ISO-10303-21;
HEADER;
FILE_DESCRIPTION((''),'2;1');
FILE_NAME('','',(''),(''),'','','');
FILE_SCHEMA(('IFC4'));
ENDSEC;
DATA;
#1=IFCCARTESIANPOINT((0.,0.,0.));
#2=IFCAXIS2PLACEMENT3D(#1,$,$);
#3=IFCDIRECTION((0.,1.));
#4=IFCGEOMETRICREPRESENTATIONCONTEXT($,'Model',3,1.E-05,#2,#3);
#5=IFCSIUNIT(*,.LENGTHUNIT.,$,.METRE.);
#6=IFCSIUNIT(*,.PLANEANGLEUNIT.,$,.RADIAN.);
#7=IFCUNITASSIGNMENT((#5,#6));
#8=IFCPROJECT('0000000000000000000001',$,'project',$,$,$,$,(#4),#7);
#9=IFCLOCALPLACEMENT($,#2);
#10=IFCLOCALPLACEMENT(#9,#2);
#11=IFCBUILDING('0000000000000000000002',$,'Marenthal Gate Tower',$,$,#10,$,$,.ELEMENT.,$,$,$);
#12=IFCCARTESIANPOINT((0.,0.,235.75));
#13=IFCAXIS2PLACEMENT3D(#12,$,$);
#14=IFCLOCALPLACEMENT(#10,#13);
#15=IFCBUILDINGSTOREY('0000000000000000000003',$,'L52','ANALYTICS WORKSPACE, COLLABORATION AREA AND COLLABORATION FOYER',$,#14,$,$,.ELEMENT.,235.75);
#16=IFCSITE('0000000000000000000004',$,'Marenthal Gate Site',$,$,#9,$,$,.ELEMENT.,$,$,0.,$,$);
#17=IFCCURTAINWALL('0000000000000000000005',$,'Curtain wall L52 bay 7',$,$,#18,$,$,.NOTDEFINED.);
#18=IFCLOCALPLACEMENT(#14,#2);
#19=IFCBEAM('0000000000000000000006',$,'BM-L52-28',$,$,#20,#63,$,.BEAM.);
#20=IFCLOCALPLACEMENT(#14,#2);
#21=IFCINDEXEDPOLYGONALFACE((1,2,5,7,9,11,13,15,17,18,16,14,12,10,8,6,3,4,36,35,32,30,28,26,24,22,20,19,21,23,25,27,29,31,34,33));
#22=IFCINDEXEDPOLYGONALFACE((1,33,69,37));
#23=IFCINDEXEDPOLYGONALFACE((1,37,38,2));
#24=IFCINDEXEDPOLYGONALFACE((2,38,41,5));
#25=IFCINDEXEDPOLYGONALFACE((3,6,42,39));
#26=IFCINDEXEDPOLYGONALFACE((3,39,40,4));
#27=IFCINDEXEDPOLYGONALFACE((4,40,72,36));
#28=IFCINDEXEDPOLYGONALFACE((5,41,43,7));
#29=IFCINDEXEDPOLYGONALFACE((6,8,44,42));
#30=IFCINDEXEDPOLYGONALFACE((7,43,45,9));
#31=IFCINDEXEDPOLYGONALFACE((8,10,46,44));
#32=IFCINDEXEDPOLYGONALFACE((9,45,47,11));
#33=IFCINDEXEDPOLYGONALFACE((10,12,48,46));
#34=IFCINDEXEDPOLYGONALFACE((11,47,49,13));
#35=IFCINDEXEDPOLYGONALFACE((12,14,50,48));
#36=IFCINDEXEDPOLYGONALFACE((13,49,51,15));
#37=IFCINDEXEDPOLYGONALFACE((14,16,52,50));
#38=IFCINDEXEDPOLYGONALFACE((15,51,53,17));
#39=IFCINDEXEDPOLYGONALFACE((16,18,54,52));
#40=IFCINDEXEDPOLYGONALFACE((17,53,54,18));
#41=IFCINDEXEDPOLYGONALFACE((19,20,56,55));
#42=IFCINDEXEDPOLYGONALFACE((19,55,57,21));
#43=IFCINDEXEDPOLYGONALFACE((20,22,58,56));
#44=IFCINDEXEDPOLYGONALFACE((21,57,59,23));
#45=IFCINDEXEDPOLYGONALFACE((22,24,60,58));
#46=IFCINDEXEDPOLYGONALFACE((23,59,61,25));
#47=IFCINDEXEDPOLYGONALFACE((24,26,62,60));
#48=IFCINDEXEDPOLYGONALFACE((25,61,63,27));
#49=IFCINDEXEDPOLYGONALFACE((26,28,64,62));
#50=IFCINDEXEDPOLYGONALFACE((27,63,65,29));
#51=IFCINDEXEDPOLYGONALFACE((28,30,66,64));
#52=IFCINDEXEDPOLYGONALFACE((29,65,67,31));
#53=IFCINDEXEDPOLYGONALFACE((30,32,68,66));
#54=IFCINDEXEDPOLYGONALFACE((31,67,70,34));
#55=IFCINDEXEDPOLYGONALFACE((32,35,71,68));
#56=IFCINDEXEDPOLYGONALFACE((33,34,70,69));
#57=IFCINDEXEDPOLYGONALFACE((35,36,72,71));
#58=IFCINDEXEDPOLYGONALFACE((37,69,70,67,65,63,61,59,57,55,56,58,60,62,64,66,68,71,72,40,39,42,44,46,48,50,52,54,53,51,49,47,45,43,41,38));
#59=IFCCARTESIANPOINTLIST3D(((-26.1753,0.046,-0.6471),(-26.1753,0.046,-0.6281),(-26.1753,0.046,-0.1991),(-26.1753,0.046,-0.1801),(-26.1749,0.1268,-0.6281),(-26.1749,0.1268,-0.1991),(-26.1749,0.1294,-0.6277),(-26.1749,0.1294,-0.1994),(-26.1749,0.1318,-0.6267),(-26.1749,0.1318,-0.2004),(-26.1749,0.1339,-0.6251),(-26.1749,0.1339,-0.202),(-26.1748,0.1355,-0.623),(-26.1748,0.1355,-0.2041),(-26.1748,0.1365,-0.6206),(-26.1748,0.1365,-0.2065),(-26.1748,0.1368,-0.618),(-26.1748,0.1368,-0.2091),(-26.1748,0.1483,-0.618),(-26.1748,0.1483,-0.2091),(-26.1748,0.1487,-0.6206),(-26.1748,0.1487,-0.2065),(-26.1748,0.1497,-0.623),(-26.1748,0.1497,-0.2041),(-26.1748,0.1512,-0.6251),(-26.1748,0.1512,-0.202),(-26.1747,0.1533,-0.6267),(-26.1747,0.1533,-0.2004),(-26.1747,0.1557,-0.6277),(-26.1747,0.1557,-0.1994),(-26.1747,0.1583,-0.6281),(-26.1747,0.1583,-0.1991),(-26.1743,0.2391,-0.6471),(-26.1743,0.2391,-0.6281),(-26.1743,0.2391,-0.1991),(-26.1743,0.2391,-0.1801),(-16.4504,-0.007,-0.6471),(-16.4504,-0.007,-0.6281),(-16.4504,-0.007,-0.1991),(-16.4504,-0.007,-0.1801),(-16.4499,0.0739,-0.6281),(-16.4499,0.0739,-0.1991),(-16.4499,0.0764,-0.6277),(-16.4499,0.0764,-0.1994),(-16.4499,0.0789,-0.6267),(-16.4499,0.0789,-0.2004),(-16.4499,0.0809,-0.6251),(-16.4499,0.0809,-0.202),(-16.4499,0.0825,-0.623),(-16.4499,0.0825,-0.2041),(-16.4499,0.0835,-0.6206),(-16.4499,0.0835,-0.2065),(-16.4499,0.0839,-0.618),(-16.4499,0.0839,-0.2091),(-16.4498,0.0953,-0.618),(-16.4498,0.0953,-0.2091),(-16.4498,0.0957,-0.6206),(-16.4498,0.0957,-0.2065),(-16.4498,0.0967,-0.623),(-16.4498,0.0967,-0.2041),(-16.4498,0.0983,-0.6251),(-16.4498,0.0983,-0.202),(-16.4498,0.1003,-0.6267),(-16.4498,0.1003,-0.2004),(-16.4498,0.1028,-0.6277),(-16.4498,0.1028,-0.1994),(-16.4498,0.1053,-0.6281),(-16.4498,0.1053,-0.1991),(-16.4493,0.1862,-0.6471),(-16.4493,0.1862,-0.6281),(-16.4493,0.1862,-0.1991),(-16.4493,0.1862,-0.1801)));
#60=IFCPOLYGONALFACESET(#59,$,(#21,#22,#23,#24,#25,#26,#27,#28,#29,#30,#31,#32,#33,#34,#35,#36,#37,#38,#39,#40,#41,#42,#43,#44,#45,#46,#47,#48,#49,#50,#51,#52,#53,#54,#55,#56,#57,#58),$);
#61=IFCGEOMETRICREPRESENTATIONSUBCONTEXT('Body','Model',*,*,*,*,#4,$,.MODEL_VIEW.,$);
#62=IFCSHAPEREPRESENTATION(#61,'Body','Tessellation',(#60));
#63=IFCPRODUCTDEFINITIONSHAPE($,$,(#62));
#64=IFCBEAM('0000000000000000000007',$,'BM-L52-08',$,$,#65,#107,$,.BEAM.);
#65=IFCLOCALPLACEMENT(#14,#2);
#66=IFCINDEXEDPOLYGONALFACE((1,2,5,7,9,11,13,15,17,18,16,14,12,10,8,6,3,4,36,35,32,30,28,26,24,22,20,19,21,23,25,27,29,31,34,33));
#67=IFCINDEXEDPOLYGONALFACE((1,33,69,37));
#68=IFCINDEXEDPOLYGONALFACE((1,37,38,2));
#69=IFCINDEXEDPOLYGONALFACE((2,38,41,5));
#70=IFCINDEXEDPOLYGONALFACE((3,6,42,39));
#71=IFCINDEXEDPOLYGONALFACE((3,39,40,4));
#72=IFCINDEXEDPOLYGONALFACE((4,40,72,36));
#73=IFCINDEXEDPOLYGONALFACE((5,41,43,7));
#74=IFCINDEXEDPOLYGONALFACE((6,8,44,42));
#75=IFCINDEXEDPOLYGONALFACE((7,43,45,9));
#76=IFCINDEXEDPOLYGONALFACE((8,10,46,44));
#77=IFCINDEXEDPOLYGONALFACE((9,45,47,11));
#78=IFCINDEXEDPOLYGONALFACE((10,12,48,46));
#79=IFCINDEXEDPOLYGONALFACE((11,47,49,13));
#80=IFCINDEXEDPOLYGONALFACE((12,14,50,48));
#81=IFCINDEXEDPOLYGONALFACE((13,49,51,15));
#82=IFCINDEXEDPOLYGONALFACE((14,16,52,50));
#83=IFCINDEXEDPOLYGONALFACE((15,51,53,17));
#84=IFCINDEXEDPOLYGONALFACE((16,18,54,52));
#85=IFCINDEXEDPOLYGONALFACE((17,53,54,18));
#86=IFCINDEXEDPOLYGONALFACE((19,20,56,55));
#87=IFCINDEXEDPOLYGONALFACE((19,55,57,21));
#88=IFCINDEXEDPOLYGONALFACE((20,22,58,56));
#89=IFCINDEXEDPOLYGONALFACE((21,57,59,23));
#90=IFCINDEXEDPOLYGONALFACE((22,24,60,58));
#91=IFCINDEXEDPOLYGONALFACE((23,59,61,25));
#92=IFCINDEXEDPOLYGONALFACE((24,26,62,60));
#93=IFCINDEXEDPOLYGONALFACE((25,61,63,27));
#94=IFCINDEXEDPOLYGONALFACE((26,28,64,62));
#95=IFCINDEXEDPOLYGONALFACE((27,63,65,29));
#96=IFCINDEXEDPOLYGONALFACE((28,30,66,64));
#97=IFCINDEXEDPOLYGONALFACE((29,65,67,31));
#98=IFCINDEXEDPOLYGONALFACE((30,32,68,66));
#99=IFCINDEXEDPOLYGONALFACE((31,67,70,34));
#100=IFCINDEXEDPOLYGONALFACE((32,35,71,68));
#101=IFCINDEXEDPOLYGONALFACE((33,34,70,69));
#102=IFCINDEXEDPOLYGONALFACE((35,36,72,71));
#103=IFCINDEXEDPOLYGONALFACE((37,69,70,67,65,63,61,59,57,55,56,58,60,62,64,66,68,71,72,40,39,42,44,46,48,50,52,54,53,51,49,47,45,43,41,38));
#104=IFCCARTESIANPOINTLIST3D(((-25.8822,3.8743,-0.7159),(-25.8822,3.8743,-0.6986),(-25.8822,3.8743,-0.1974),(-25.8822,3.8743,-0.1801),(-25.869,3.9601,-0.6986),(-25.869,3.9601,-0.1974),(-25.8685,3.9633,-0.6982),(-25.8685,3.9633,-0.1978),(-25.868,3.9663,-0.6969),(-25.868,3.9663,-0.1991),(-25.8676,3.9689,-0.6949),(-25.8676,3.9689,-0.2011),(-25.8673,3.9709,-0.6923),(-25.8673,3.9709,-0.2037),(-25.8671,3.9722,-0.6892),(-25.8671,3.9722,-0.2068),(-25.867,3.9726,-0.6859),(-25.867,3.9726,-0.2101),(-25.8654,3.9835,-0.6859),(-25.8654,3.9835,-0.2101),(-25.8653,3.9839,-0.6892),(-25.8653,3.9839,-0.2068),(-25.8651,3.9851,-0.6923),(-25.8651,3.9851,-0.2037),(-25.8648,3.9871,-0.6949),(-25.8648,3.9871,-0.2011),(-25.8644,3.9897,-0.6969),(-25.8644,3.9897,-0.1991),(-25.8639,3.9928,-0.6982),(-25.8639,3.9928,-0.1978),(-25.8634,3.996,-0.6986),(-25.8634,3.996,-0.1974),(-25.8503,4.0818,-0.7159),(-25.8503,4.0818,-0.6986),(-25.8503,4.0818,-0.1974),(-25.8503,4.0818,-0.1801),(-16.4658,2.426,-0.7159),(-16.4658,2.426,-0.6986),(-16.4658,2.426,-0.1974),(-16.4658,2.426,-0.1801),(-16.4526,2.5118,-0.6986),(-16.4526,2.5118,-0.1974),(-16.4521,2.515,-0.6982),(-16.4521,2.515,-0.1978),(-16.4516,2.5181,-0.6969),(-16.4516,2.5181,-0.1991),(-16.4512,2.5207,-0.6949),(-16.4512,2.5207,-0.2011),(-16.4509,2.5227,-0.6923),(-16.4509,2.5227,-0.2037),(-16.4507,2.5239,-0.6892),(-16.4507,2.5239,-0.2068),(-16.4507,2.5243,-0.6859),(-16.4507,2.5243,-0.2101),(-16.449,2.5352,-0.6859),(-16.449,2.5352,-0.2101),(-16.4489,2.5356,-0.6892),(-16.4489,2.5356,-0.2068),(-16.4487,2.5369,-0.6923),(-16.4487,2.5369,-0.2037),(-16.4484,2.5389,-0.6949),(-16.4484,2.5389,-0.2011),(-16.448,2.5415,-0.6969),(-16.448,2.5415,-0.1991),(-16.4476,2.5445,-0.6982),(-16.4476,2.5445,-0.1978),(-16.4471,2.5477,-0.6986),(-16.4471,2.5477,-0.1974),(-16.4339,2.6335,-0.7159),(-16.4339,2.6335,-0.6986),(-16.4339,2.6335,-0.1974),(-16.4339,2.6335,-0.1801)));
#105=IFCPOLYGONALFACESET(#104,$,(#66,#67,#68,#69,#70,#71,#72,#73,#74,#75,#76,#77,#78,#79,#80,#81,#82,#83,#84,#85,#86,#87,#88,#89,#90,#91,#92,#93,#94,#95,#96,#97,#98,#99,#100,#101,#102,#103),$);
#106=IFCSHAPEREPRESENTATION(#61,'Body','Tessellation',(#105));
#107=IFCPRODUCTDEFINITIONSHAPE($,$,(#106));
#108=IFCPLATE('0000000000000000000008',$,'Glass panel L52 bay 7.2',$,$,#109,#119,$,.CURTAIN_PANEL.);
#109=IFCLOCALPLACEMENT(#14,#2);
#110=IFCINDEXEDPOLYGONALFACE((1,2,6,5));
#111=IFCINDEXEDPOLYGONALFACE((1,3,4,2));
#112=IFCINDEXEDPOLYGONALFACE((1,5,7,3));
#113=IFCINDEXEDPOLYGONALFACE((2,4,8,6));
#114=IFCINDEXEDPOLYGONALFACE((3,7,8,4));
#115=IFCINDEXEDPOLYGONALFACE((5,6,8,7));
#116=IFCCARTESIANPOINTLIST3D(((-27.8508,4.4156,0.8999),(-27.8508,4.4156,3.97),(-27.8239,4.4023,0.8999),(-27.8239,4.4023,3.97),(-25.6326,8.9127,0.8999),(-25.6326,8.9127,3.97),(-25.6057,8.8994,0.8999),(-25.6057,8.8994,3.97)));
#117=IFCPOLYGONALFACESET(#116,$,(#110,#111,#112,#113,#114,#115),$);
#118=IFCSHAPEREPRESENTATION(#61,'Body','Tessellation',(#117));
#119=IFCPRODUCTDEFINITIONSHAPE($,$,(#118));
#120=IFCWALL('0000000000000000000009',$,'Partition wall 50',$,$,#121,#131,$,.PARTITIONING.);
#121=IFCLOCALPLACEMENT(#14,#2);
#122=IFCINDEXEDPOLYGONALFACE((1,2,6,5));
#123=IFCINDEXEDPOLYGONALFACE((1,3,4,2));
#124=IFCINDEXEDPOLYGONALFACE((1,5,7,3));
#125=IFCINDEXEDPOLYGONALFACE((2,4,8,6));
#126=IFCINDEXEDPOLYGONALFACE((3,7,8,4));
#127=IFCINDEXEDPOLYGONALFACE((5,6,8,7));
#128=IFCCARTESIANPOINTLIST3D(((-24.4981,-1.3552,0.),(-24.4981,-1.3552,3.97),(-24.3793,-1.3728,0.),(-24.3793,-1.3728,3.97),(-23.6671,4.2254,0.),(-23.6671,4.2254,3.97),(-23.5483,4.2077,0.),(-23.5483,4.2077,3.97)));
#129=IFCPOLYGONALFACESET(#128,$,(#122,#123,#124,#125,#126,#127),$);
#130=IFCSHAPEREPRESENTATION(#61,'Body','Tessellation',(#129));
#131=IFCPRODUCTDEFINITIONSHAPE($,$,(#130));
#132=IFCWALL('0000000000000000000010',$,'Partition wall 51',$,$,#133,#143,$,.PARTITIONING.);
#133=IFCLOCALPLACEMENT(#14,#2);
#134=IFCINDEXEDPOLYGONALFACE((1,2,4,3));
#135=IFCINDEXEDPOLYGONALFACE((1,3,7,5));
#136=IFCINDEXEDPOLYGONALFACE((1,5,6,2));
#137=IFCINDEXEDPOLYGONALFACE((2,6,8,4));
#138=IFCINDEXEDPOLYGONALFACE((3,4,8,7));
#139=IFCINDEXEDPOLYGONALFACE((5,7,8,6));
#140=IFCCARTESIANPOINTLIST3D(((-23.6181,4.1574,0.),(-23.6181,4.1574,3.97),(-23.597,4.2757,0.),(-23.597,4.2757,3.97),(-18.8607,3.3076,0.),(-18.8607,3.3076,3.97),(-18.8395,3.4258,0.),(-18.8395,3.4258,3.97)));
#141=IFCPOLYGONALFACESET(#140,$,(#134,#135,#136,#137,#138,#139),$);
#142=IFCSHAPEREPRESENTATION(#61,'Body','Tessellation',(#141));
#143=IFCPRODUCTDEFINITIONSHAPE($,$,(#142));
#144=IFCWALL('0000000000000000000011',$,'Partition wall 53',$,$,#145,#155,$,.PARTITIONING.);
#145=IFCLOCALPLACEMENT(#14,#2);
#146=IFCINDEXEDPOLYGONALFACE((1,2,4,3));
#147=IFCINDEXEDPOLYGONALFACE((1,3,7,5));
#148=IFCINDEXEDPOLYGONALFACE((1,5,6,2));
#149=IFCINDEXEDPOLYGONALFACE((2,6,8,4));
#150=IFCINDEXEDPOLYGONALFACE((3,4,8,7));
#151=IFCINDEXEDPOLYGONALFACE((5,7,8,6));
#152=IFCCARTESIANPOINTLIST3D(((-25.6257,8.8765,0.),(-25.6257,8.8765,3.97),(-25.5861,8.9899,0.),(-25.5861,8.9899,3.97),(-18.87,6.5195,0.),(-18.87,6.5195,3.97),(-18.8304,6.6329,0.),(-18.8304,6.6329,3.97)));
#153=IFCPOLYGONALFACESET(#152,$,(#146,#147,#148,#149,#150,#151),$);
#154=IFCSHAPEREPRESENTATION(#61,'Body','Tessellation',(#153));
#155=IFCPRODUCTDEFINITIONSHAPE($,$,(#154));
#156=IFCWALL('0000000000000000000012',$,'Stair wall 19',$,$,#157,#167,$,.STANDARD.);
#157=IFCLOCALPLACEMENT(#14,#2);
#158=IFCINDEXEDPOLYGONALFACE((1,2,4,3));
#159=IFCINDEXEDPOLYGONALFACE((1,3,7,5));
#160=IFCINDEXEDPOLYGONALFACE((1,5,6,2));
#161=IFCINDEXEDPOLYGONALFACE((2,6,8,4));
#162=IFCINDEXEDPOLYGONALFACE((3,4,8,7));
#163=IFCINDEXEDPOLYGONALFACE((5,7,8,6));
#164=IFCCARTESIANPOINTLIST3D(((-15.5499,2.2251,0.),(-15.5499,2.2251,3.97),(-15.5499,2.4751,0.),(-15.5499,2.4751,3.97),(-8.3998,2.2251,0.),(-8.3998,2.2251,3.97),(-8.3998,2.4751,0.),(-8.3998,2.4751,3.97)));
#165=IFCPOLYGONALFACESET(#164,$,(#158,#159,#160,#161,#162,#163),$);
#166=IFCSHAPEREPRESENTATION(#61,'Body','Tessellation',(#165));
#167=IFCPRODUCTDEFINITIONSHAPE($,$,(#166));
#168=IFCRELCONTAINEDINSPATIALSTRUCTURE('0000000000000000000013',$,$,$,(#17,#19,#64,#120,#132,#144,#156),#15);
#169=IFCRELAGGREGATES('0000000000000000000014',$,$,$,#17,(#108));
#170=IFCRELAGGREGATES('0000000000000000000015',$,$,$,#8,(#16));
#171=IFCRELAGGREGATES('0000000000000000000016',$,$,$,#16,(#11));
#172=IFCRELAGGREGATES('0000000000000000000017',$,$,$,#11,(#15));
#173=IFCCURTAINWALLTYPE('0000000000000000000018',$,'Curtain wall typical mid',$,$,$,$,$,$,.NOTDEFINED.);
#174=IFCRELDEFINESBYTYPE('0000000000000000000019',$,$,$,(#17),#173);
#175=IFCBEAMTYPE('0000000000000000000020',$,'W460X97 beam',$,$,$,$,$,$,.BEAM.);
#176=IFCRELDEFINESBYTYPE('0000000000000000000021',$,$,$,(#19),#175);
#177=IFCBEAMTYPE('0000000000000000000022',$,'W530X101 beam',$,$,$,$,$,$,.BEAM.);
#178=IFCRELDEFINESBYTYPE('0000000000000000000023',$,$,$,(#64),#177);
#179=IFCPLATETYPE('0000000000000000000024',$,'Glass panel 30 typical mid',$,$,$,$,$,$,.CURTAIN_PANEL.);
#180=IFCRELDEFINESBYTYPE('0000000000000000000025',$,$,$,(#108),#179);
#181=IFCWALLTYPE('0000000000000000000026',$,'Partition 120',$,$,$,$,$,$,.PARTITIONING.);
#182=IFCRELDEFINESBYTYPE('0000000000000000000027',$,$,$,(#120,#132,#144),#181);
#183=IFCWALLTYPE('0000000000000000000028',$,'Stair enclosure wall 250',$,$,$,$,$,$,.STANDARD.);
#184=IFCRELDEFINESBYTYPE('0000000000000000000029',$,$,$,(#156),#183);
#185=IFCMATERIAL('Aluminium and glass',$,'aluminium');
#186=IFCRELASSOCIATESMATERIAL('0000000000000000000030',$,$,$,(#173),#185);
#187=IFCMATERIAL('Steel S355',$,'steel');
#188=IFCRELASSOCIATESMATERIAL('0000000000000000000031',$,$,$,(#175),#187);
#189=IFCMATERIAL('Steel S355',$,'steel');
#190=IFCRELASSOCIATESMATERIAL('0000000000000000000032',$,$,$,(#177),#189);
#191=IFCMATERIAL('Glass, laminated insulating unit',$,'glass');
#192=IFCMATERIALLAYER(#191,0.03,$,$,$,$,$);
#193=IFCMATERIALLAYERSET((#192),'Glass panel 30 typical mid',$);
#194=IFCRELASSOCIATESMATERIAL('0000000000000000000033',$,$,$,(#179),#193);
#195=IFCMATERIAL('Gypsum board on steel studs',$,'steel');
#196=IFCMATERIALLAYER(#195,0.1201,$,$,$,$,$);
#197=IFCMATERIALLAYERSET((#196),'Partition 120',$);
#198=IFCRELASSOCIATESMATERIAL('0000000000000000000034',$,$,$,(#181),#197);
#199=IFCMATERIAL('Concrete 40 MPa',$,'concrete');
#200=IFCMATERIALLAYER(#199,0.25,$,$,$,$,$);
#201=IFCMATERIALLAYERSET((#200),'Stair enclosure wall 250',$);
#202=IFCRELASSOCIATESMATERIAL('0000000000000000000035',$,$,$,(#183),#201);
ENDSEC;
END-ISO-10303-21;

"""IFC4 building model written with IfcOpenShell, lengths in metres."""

from ifc_helpers import new_model, si_unit, direction, frame, frame_2d, origin, origin_2d, place, context, subcontext, project, spatial, rectangle, i_section, extrude, material, layer, layer_set, material_profile, profile_set, type_object, element, aggregate, save


model = new_model("IFC4")

# Units and contexts
model_context = context("Model", 3, precision=1e-05, world=origin(), true_north=direction((0.0, 1.0)))
body_context = subcontext(model_context, "Body", "Model", "MODEL_VIEW")
ifc_project = project(units=[si_unit("LENGTHUNIT", "METRE"), si_unit("PLANEANGLEUNIT", "RADIAN")], contexts=[model_context])

# Site, building, storey
site_placement = place(None, origin())
site = spatial("IfcSite", under=ifc_project, at=site_placement, Name="Marenthal Gate Site", CompositionType="ELEMENT", RefElevation=0.0)
building_placement = place(site_placement, origin())
building = spatial("IfcBuilding", under=site, at=building_placement, Name="Marenthal Gate Tower", CompositionType="ELEMENT")
storey_placement = place(building_placement, frame((0.0, 0.0, 235.75)))
storey = spatial("IfcBuildingStorey", under=building, at=storey_placement, Name="L52", Description="ANALYTICS WORKSPACE, COLLABORATION AREA AND COLLABORATION FOYER", CompositionType="ELEMENT", Elevation=235.75)

# Curtain wall
ifc_material_1 = material(Name="Aluminium and glass", Category="aluminium")
curtain_wall_type = type_object("IfcCurtainWallType", Name="Curtain wall typical mid", PredefinedType="NOTDEFINED", material=ifc_material_1)
curtain_wall_placement = place(storey_placement, origin())
curtain_wall = element("IfcCurtainWall", 1, at=curtain_wall_placement, inside=storey, type_object=curtain_wall_type, Name="Curtain wall L52 bay 7", PredefinedType="NOTDEFINED")

# Beams
ifc_material_2 = material(Name="Steel S355", Category="steel")
ifc_material_profile_1 = material_profile(ifc_material_2, i_section(OverallWidth=0.1931, OverallDepth=0.467, WebThickness=0.0115, FlangeThickness=0.019, FilletRadius=0.01, at=origin_2d()), Name="W460X97")
ifc_profile_set_1 = profile_set([ifc_material_profile_1], Name="Steel S355")
beam_type_1 = type_object("IfcBeamType", Name="W460X97 beam", PredefinedType="BEAM", material=ifc_profile_set_1)
beam_1_placement = place(storey_placement, frame((-26.1748, 0.1426, -0.4136), z_axis=(0.999985, -0.005448, 0.0), x_axis=(0.005448, 0.999985, 0.0)))
element("IfcBeam", 2, at=beam_1_placement, inside=storey, type_object=beam_type_1, Name="BM-L52-28", PredefinedType="BEAM", context=body_context, shape_type="SweptSolid", body=[
    extrude(i_section(OverallWidth=0.1931, OverallDepth=0.467, WebThickness=0.0115, FlangeThickness=0.019, FilletRadius=0.01, at=origin_2d()), origin(), (0.0, 0.0, 1.0), 9.7251),
])
ifc_material_3 = material(Name="Steel S355", Category="steel")
ifc_material_profile_2 = material_profile(ifc_material_3, i_section(OverallWidth=0.21, OverallDepth=0.5359, WebThickness=0.011, FlangeThickness=0.0173, FilletRadius=0.0127, at=origin_2d()), Name="W530X101")
ifc_profile_set_2 = profile_set([ifc_material_profile_2], Name="Steel S355")
beam_type_2 = type_object("IfcBeamType", Name="W530X101 beam", PredefinedType="BEAM", material=ifc_profile_set_2)
beam_2_placement = place(storey_placement, frame((-25.8662, 3.978, -0.448), z_axis=(0.988378, -0.152015, 0.0), x_axis=(0.152015, 0.988378, 0.0)))
element("IfcBeam", 3, at=beam_2_placement, inside=storey, type_object=beam_type_2, Name="BM-L52-08", PredefinedType="BEAM", context=body_context, shape_type="SweptSolid", body=[
    extrude(i_section(OverallWidth=0.21, OverallDepth=0.5359, WebThickness=0.011, FlangeThickness=0.0173, FilletRadius=0.0127, at=origin_2d()), origin(), (0.0, 0.0, 1.0), 9.5271),
])

# Plate
ifc_material_4 = material(Name="Glass, laminated insulating unit", Category="glass")
ifc_layer_1 = layer(ifc_material_4, 0.03)
ifc_layer_set_1 = layer_set([ifc_layer_1], Name="Glass panel 30 typical mid")
plate_type = type_object("IfcPlateType", Name="Glass panel 30 typical mid", PredefinedType="CURTAIN_PANEL", material=ifc_layer_set_1)
plate_placement = place(storey_placement, frame((-26.7283, 6.6575, 0.8999), z_axis=(0.0, 0.0, 1.0), x_axis=(-0.442364, -0.896835, 0.0)))
plate = element("IfcPlate", 4, at=plate_placement, type_object=plate_type, Name="Glass panel L52 bay 7.2", PredefinedType="CURTAIN_PANEL", context=body_context, shape_type="SweptSolid", body=[
    extrude(rectangle(XDim=5.0144, YDim=0.03, at=origin_2d()), origin(), (0.0, 0.0, 1.0), 3.0701),
])
aggregate(curtain_wall, [plate])

# Walls
ifc_material_5 = material(Name="Gypsum board on steel studs", Category="steel")
ifc_layer_2 = layer(ifc_material_5, 0.1201)
ifc_layer_set_2 = layer_set([ifc_layer_2], Name="Partition 120")
wall_type_1 = type_object("IfcWallType", Name="Partition 120", PredefinedType="PARTITIONING", material=ifc_layer_set_2)
wall_1_placement = place(storey_placement, frame((-23.6077, 4.2166, 0.0), z_axis=(0.0, 0.0, 1.0), x_axis=(-0.147295, -0.989093, 0.0)))
element("IfcWall", 5, at=wall_1_placement, inside=storey, type_object=wall_type_1, Name="Partition wall 50", PredefinedType="PARTITIONING", context=body_context, shape_type="SweptSolid", body=[
    extrude(rectangle(XDim=5.6421, YDim=0.1201, at=frame_2d((2.821, 0.0))), origin(), (0.0, 0.0, 1.0), 3.97),
])
wall_2_placement = place(storey_placement, frame((-23.6077, 4.2166, 0.0), z_axis=(0.0, 0.0, 1.0), x_axis=(0.984417, -0.175848, 0.0)))
element("IfcWall", 6, at=wall_2_placement, inside=storey, type_object=wall_type_1, Name="Partition wall 51", PredefinedType="PARTITIONING", context=body_context, shape_type="SweptSolid", body=[
    extrude(rectangle(XDim=4.8328, YDim=0.1201, at=frame_2d((2.4165, 0.0))), origin(), (0.0, 0.0, 1.0), 3.97),
])
wall_3_placement = place(storey_placement, frame((-18.8501, 6.5762, 0.0), z_axis=(0.0, 0.0, 1.0), x_axis=(-0.944186, 0.329412, 0.0)))
element("IfcWall", 7, at=wall_3_placement, inside=storey, type_object=wall_type_1, Name="Partition wall 53", PredefinedType="PARTITIONING", context=body_context, shape_type="SweptSolid", body=[
    extrude(rectangle(XDim=7.155, YDim=0.1201, at=frame_2d((3.5776, 0.0))), origin(), (0.0, 0.0, 1.0), 3.97),
])
ifc_material_6 = material(Name="Concrete 40 MPa", Category="concrete")
ifc_layer_3 = layer(ifc_material_6, 0.25)
ifc_layer_set_3 = layer_set([ifc_layer_3], Name="Stair enclosure wall 250")
wall_type_2 = type_object("IfcWallType", Name="Stair enclosure wall 250", PredefinedType="STANDARD", material=ifc_layer_set_3)
wall_4_placement = place(storey_placement, frame((-15.55, 2.3501, 0.0), z_axis=(0.0, 0.0, 1.0), x_axis=(1.0, 0.0, 0.0)))
element("IfcWall", 8, at=wall_4_placement, inside=storey, type_object=wall_type_2, Name="Stair wall 19", PredefinedType="STANDARD", context=body_context, shape_type="SweptSolid", body=[
    extrude(rectangle(XDim=7.1501, YDim=0.25, at=frame_2d((3.5752, 0.0))), origin(), (0.0, 0.0, 1.0), 3.97),
])

save(model, "model.ifc")
